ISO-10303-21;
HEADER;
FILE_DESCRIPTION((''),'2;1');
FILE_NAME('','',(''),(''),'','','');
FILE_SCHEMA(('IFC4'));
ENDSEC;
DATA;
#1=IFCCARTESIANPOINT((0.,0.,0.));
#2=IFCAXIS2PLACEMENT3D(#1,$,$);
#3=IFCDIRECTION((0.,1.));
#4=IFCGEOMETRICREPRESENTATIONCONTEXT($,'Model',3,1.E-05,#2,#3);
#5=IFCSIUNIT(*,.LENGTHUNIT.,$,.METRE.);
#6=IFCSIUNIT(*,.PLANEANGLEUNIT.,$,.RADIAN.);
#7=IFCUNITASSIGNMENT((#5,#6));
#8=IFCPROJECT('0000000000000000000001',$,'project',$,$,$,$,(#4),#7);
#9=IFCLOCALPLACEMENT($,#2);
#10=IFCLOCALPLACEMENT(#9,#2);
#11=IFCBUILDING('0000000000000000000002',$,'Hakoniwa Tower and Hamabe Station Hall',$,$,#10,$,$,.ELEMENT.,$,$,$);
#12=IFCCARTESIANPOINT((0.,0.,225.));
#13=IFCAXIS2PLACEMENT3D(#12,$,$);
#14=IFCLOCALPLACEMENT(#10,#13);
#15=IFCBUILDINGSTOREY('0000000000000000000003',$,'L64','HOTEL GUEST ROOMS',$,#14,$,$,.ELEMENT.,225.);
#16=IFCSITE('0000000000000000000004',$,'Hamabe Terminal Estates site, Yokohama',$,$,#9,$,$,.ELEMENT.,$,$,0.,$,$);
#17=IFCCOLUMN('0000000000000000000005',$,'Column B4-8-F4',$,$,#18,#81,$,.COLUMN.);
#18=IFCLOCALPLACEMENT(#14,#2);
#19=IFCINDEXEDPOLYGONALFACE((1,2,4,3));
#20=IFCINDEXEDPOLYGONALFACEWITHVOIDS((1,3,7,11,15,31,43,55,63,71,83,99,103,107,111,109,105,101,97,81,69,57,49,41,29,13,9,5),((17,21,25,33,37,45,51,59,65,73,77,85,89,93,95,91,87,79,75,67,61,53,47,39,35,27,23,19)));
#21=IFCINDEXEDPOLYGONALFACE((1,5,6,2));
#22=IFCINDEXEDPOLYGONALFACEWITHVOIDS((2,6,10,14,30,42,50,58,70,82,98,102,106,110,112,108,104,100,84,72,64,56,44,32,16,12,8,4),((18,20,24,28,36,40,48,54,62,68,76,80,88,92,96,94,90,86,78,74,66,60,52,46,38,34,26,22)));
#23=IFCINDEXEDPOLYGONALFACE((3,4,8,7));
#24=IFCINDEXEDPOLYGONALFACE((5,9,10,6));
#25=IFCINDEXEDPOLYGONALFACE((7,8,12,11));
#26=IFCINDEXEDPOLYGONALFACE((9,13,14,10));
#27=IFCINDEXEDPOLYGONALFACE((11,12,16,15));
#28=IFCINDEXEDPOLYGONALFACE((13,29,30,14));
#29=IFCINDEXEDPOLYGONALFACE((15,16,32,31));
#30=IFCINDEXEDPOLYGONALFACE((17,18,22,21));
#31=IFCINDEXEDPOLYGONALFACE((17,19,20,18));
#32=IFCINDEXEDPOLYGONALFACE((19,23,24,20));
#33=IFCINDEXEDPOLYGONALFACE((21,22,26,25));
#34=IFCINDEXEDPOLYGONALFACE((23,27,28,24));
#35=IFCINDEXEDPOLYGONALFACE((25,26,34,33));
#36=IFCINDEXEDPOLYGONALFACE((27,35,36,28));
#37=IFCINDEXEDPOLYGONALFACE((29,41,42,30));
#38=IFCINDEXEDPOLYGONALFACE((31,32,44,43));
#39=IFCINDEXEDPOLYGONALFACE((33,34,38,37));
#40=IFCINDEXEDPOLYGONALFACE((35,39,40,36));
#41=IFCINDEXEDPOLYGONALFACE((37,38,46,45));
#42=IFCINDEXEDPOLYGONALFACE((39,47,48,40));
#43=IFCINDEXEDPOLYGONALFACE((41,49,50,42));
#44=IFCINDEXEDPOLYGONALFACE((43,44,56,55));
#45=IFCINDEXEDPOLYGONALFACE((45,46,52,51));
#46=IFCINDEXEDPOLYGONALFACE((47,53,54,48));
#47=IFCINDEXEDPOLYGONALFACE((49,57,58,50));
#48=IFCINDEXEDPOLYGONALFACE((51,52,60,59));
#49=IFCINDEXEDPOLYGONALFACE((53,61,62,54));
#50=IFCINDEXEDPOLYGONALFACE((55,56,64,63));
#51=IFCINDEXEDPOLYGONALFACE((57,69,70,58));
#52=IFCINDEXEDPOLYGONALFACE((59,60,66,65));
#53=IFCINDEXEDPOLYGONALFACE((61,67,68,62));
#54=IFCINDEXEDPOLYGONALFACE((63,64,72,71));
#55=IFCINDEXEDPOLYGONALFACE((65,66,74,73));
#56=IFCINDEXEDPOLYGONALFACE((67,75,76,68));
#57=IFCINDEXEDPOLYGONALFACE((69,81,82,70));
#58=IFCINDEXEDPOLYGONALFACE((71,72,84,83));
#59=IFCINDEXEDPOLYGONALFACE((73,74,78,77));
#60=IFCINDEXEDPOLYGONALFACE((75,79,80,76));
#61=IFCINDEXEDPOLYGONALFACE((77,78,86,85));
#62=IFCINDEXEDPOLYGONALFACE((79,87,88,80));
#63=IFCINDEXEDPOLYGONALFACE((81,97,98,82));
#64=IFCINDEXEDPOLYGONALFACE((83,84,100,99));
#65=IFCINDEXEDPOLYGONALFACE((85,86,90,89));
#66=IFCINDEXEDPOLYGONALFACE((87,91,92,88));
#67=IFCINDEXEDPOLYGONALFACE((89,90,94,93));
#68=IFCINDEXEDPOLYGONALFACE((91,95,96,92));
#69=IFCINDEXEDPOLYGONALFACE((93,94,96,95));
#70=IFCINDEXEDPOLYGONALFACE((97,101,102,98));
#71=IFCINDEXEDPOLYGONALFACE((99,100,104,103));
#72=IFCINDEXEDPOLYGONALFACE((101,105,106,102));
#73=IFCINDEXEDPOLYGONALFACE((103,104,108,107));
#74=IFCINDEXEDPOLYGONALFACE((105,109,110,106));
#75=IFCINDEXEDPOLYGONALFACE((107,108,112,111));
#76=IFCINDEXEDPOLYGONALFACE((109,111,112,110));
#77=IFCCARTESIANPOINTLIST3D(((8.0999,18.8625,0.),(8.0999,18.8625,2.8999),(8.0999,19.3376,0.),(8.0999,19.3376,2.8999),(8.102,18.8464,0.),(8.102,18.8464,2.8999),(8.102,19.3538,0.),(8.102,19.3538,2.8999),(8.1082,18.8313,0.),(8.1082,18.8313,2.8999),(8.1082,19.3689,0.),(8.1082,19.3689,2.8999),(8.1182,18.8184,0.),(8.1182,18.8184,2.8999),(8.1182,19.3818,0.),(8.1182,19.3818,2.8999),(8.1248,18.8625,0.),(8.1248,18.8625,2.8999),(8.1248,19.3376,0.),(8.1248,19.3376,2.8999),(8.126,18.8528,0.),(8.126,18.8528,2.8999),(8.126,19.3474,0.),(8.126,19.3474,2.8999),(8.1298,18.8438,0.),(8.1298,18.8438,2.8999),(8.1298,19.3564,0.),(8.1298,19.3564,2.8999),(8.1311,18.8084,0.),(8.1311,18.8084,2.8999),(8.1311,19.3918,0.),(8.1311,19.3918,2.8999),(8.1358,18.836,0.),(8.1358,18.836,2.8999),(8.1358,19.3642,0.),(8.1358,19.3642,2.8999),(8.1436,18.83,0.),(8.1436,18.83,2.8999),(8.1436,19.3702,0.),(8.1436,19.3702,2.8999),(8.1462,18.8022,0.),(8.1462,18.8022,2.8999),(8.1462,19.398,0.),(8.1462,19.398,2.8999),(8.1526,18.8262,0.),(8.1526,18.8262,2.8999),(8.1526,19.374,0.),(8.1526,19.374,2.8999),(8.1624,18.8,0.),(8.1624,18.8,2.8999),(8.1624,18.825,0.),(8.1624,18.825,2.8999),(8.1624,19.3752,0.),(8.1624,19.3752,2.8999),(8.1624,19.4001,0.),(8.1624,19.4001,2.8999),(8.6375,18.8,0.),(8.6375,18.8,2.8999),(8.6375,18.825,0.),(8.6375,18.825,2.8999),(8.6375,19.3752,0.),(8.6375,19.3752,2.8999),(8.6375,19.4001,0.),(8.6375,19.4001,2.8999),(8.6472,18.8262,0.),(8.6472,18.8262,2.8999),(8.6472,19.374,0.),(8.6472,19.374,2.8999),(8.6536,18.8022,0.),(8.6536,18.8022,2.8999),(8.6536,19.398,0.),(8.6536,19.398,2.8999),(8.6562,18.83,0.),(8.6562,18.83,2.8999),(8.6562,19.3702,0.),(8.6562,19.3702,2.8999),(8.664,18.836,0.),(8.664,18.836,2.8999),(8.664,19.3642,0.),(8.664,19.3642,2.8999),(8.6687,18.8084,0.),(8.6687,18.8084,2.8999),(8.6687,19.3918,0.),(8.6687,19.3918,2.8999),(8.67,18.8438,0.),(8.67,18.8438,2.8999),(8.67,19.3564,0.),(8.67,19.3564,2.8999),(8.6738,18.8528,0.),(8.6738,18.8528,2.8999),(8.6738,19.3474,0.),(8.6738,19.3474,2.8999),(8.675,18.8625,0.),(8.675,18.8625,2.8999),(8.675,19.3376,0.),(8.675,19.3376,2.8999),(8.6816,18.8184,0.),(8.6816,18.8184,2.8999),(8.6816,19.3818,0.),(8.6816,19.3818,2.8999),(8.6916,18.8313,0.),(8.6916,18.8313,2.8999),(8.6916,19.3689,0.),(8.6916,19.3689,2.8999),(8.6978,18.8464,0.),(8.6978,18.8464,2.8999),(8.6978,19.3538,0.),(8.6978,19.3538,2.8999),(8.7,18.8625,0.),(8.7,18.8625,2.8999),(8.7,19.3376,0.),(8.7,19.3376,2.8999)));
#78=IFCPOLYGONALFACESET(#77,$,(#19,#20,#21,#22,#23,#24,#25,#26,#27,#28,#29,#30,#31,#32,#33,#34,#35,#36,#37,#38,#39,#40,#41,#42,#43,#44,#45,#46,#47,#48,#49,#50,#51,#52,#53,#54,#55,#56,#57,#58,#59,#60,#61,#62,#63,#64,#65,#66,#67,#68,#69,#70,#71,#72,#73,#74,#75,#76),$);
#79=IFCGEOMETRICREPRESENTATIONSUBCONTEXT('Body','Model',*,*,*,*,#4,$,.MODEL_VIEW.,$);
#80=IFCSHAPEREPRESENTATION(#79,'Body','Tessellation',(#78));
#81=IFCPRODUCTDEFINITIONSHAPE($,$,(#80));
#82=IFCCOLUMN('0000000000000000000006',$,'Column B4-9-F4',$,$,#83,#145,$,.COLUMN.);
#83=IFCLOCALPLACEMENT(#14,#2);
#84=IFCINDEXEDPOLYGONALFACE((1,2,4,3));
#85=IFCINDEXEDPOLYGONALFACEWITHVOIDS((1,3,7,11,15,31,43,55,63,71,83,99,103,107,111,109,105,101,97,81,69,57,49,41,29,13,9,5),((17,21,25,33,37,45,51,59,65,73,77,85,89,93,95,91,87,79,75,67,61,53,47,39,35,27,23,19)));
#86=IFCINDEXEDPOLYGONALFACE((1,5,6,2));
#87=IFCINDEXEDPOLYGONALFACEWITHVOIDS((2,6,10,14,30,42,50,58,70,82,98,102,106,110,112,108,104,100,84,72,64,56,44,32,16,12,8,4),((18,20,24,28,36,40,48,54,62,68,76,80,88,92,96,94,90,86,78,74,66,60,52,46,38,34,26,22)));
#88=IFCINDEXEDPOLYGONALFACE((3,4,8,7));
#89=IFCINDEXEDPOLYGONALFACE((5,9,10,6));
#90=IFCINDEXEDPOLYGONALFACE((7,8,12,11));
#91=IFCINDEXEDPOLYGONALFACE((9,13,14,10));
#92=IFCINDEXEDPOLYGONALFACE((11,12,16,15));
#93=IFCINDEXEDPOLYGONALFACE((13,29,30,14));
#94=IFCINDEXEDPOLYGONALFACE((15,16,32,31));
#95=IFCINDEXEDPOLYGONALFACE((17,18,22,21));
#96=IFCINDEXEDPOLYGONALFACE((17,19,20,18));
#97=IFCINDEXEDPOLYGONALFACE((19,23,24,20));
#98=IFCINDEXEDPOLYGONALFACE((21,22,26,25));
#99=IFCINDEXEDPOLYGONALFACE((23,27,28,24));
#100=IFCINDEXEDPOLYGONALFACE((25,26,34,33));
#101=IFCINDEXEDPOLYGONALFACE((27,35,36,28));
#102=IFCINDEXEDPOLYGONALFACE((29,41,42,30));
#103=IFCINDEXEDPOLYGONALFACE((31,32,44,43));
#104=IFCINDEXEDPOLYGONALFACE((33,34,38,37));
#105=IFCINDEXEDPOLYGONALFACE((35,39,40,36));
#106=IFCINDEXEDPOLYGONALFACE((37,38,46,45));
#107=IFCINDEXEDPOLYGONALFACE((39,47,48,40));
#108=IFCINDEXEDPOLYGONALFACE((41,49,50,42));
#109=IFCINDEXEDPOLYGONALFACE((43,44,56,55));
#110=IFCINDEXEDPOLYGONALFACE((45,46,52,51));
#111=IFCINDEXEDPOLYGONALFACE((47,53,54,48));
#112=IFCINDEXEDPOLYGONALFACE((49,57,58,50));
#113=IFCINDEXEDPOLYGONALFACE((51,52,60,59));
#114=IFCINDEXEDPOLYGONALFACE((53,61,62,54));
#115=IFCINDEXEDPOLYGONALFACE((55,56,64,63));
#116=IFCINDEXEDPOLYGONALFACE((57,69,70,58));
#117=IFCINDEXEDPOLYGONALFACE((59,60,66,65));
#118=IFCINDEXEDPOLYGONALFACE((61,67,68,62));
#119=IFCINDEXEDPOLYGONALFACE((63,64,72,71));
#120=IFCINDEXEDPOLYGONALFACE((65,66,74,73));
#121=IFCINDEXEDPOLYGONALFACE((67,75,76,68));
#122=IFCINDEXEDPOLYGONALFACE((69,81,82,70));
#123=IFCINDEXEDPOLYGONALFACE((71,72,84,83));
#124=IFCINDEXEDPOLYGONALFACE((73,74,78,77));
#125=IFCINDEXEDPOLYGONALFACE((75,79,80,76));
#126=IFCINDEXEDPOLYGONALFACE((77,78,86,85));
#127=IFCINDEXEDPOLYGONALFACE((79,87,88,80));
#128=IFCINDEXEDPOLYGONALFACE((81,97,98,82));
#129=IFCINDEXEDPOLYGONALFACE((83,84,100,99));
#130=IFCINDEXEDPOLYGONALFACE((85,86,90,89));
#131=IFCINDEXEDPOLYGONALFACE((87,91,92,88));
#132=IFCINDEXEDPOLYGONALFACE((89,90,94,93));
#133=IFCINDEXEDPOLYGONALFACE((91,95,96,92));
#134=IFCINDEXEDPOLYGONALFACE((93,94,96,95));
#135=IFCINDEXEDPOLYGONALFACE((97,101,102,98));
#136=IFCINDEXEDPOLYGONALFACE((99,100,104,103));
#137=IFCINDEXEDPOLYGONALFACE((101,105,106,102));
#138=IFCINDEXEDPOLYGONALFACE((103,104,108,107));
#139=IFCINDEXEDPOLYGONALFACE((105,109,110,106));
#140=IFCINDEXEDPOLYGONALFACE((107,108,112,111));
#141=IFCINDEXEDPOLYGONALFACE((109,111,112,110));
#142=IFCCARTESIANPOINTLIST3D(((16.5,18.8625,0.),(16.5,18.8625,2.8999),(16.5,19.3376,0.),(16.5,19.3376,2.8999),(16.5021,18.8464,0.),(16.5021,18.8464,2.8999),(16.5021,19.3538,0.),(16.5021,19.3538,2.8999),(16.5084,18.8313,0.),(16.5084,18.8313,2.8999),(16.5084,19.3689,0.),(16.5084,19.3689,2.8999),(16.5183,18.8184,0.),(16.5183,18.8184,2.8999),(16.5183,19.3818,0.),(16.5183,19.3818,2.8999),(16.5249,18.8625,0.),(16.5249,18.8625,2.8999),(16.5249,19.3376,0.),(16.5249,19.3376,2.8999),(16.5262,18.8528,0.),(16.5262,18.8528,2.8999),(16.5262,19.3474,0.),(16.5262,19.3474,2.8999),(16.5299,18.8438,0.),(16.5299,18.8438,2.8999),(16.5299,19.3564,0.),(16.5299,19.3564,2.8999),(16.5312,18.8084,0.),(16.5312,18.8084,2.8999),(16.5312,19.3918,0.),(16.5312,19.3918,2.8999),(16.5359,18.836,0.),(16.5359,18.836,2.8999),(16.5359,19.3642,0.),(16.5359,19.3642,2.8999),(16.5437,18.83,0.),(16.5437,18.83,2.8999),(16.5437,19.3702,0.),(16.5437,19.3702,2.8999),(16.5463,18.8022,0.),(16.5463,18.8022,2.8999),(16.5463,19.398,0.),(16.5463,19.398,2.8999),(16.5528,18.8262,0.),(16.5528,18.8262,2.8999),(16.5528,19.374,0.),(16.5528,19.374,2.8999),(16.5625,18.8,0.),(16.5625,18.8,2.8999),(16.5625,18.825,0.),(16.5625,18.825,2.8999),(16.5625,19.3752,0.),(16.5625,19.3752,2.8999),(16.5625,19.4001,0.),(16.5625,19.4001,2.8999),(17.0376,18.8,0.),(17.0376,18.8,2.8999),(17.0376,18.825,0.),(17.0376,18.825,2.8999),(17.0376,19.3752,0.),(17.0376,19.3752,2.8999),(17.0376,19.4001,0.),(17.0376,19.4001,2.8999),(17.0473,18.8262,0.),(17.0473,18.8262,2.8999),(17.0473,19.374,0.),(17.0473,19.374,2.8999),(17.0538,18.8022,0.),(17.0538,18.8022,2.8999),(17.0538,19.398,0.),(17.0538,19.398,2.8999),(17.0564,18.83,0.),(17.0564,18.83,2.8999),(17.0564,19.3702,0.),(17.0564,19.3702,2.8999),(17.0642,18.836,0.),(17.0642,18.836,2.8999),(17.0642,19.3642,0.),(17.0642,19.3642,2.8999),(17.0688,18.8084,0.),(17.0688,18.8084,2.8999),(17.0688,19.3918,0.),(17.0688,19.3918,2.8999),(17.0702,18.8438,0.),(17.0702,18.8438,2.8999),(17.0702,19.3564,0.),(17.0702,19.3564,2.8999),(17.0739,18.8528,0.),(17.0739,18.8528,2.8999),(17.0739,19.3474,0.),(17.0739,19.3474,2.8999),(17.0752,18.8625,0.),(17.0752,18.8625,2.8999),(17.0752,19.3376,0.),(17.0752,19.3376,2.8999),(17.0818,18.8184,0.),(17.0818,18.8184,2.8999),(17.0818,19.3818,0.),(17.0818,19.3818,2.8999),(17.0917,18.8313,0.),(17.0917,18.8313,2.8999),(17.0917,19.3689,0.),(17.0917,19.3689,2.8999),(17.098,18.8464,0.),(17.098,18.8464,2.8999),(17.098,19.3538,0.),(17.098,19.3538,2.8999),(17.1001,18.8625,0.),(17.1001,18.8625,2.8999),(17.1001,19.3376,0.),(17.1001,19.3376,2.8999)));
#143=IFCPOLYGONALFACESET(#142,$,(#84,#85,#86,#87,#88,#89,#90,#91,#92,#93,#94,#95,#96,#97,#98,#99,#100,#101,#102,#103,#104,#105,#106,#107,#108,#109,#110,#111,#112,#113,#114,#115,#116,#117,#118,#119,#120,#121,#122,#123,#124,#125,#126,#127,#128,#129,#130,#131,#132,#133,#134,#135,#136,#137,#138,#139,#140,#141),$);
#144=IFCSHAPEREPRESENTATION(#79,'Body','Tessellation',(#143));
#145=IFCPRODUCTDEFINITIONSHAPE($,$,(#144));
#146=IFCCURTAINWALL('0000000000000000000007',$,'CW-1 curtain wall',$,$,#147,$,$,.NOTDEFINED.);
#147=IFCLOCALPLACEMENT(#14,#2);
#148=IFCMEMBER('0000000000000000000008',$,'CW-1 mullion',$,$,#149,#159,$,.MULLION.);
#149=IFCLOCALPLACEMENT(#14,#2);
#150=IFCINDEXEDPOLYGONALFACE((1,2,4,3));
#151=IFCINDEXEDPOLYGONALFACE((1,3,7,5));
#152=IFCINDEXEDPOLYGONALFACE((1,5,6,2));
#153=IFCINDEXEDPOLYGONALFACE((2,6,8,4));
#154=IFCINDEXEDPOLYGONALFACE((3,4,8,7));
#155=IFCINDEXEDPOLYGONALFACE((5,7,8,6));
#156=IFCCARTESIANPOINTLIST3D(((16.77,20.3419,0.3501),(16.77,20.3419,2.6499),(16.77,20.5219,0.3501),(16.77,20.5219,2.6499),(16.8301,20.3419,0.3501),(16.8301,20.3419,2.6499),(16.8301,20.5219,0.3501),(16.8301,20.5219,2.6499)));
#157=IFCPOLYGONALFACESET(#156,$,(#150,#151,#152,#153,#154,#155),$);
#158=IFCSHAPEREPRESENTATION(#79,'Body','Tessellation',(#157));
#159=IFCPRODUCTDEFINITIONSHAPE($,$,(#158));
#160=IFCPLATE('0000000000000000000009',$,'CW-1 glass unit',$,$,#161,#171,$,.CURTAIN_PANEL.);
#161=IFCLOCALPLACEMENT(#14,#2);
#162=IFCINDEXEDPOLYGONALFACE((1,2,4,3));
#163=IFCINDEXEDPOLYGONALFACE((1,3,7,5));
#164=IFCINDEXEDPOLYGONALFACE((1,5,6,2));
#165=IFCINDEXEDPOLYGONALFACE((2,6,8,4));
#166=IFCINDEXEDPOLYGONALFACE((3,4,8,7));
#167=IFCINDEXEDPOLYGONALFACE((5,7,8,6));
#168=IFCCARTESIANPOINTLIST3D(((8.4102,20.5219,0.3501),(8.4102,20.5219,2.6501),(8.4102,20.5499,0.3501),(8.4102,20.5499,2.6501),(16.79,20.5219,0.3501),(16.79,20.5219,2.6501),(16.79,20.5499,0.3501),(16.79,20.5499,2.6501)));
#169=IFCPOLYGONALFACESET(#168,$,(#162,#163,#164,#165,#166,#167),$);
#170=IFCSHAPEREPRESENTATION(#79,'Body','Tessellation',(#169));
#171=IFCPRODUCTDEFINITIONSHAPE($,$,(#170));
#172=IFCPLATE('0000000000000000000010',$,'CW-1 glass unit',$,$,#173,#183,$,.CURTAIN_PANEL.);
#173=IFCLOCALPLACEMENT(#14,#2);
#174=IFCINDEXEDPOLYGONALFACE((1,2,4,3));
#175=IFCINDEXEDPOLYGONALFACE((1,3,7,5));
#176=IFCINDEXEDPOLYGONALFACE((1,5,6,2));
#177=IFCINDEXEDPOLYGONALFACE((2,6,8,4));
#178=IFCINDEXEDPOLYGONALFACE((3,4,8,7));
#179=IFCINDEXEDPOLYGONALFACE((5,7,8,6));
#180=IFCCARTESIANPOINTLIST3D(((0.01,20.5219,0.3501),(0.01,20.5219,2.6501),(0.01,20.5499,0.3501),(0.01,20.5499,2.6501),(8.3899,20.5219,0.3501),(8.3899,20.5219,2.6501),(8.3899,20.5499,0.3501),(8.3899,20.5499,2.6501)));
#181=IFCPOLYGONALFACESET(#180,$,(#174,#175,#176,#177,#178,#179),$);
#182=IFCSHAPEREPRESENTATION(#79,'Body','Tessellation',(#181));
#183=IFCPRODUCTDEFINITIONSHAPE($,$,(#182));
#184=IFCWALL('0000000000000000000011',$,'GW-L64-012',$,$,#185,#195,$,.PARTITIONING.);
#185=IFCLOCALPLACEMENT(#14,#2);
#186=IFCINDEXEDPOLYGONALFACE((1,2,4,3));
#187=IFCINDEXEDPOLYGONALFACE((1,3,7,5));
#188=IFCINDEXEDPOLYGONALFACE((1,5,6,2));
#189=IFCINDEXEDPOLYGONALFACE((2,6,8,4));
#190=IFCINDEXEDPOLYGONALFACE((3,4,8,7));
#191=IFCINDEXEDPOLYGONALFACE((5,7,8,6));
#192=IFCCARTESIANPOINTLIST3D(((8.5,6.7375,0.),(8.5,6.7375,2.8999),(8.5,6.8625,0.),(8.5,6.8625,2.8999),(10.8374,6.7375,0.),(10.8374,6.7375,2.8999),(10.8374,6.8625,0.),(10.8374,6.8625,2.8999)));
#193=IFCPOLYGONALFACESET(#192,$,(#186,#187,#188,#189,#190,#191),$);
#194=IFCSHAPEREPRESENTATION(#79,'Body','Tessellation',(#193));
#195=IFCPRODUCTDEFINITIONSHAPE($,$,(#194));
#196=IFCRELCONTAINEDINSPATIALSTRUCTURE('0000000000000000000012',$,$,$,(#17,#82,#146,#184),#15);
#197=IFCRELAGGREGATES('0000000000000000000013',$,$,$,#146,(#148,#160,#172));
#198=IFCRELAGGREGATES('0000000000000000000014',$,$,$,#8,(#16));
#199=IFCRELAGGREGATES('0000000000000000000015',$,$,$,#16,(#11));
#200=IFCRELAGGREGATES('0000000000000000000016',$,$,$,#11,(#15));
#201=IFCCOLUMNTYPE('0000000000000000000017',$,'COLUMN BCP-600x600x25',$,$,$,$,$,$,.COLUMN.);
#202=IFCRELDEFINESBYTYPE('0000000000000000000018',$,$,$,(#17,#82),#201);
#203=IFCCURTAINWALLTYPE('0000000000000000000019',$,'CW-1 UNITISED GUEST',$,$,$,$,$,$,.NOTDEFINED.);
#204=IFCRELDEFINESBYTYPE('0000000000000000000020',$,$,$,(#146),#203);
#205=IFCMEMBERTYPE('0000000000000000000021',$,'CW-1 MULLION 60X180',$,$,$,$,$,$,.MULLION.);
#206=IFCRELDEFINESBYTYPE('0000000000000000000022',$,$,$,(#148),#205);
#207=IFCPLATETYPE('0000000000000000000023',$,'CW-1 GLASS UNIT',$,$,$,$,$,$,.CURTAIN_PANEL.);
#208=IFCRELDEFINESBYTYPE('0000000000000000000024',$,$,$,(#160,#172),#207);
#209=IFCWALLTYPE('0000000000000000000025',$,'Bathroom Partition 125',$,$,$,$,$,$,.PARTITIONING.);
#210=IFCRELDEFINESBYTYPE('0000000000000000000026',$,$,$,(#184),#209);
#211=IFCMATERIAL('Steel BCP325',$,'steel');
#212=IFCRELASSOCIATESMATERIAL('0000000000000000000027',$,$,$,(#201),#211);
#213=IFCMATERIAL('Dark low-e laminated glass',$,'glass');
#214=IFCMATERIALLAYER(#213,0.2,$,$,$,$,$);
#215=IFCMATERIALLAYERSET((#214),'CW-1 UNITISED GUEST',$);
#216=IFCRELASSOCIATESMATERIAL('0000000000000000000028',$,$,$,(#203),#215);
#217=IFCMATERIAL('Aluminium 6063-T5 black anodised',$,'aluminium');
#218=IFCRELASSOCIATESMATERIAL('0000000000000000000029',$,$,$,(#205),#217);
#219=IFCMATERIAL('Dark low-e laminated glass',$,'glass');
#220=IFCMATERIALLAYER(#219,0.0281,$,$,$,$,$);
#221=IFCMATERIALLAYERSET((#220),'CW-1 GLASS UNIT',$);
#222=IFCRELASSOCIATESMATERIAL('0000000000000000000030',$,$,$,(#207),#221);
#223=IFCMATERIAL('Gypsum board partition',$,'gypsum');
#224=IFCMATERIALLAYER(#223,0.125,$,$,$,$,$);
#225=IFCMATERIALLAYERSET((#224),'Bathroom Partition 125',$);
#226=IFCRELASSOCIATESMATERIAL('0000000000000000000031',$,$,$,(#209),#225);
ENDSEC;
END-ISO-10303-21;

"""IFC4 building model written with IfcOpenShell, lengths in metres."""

from ifc_helpers import new_model, si_unit, direction, frame, frame_2d, origin, origin_2d, place, context, subcontext, project, spatial, rectangle, hollow_rectangle, extrude, material, layer, layer_set, material_profile, profile_set, type_object, element, aggregate, save


model = new_model("IFC4")

# Units and contexts
model_context = context("Model", 3, precision=1e-05, world=origin(), true_north=direction((0.0, 1.0)))
body_context = subcontext(model_context, "Body", "Model", "MODEL_VIEW")
ifc_project = project(units=[si_unit("LENGTHUNIT", "METRE"), si_unit("PLANEANGLEUNIT", "RADIAN")], contexts=[model_context])

# Site, building, storey
site_placement = place(None, origin())
site = spatial("IfcSite", under=ifc_project, at=site_placement, Name="Hamabe Terminal Estates site, Yokohama", CompositionType="ELEMENT", RefElevation=0.0)
building_placement = place(site_placement, origin())
building = spatial("IfcBuilding", under=site, at=building_placement, Name="Hakoniwa Tower and Hamabe Station Hall", CompositionType="ELEMENT")
storey_placement = place(building_placement, frame((0.0, 0.0, 225.0)))
storey = spatial("IfcBuildingStorey", under=building, at=storey_placement, Name="L64", Description="HOTEL GUEST ROOMS", CompositionType="ELEMENT", Elevation=225.0)

# Columns
ifc_material_1 = material(Name="Steel BCP325", Category="steel")
ifc_material_profile_1 = material_profile(ifc_material_1, hollow_rectangle(XDim=0.6001, YDim=0.6001, WallThickness=0.0249, InnerFilletRadius=0.0376, OuterFilletRadius=0.0625, at=origin_2d()), Name="BCP-600x600x25")
ifc_profile_set_1 = profile_set([ifc_material_profile_1], Name="Steel BCP325")
column_type = type_object("IfcColumnType", Name="COLUMN BCP-600x600x25", PredefinedType="COLUMN", material=ifc_profile_set_1)
for number, where, z_axis, x_axis, name in (
    (1, (8.3999, 19.1001, 0.0), (0.0, 0.0, 1.0), (1.0, 0.0, 0.0), "Column B4-8-F4"),
    (2, (16.8, 19.1001, 0.0), (0.0, 0.0, 1.0), (1.0, 0.0, 0.0), "Column B4-9-F4"),
):
    element("IfcColumn", number, at=place(storey_placement, frame(where, z_axis=z_axis, x_axis=x_axis)), inside=storey, type_object=column_type, Name=name, PredefinedType="COLUMN", context=body_context, shape_type="SweptSolid", body=[
        extrude(hollow_rectangle(XDim=0.6001, YDim=0.6001, WallThickness=0.0249, InnerFilletRadius=0.0376, OuterFilletRadius=0.0625, at=origin_2d()), origin(), (0.0, 0.0, 1.0), 2.8999),
    ])

# Curtain wall, member, plates
ifc_material_2 = material(Name="Dark low-e laminated glass", Category="glass")
ifc_layer_1 = layer(ifc_material_2, 0.2)
ifc_layer_set_1 = layer_set([ifc_layer_1], Name="CW-1 UNITISED GUEST")
curtain_wall_type = type_object("IfcCurtainWallType", Name="CW-1 UNITISED GUEST", PredefinedType="NOTDEFINED", material=ifc_layer_set_1)
curtain_wall_placement = place(storey_placement, origin())
curtain_wall = element("IfcCurtainWall", 3, at=curtain_wall_placement, inside=storey, type_object=curtain_wall_type, Name="CW-1 curtain wall", PredefinedType="NOTDEFINED")
ifc_material_3 = material(Name="Aluminium 6063-T5 black anodised", Category="aluminium")
ifc_material_profile_2 = material_profile(ifc_material_3, rectangle(XDim=0.0601, YDim=0.1799, at=origin_2d()), Name="CW-1 MULLION 60X180")
ifc_profile_set_2 = profile_set([ifc_material_profile_2], Name="Aluminium 6063-T5 black anodised")
member_type = type_object("IfcMemberType", Name="CW-1 MULLION 60X180", PredefinedType="MULLION", material=ifc_profile_set_2)
member_placement = place(storey_placement, frame((16.8, 20.4319, 0.3501), z_axis=(0.0, 0.0, 1.0), x_axis=(-1.0, 0.0, 0.0)))
member = element("IfcMember", 4, at=member_placement, type_object=member_type, Name="CW-1 mullion", PredefinedType="MULLION", context=body_context, shape_type="SweptSolid", body=[
    extrude(rectangle(XDim=0.0601, YDim=0.1799, at=origin_2d()), origin(), (0.0, 0.0, 1.0), 2.2998),
])
ifc_material_4 = material(Name="Dark low-e laminated glass", Category="glass")
ifc_layer_2 = layer(ifc_material_4, 0.0281)
ifc_layer_set_2 = layer_set([ifc_layer_2], Name="CW-1 GLASS UNIT")
plate_type = type_object("IfcPlateType", Name="CW-1 GLASS UNIT", PredefinedType="CURTAIN_PANEL", material=ifc_layer_set_2)
plate_1_placement = place(storey_placement, frame((12.6001, 20.5359, 0.3501), z_axis=(0.0, 0.0, 1.0), x_axis=(-1.0, 0.0, 0.0)))
plate_1 = element("IfcPlate", 5, at=plate_1_placement, type_object=plate_type, Name="CW-1 glass unit", PredefinedType="CURTAIN_PANEL", context=body_context, shape_type="SweptSolid", body=[
    extrude(rectangle(XDim=8.3799, YDim=0.0281, at=origin_2d()), origin(), (0.0, 0.0, 1.0), 2.3),
])
plate_2_placement = place(storey_placement, frame((4.2, 20.5359, 0.3501), z_axis=(0.0, 0.0, 1.0), x_axis=(-1.0, 0.0, 0.0)))
plate_2 = element("IfcPlate", 6, at=plate_2_placement, type_object=plate_type, Name="CW-1 glass unit", PredefinedType="CURTAIN_PANEL", context=body_context, shape_type="SweptSolid", body=[
    extrude(rectangle(XDim=8.3799, YDim=0.0281, at=origin_2d()), origin(), (0.0, 0.0, 1.0), 2.3),
])
aggregate(curtain_wall, [member, plate_1, plate_2])

# Wall
ifc_material_5 = material(Name="Gypsum board partition", Category="gypsum")
ifc_layer_3 = layer(ifc_material_5, 0.125)
ifc_layer_set_3 = layer_set([ifc_layer_3], Name="Bathroom Partition 125")
wall_type_1 = type_object("IfcWallType", Name="Bathroom Partition 125", PredefinedType="PARTITIONING", material=ifc_layer_set_3)
wall_1_placement = place(storey_placement, frame((8.5, 6.8, 0.0), z_axis=(0.0, 0.0, 1.0), x_axis=(1.0, 0.0, 0.0)))
element("IfcWall", 7, at=wall_1_placement, inside=storey, type_object=wall_type_1, Name="GW-L64-012", PredefinedType="PARTITIONING", context=body_context, shape_type="SweptSolid", body=[
    extrude(rectangle(XDim=2.3374, YDim=0.125, at=frame_2d((1.1687, 0.0))), origin(), (0.0, 0.0, 1.0), 2.8999),
])

save(model, "model.ifc")
